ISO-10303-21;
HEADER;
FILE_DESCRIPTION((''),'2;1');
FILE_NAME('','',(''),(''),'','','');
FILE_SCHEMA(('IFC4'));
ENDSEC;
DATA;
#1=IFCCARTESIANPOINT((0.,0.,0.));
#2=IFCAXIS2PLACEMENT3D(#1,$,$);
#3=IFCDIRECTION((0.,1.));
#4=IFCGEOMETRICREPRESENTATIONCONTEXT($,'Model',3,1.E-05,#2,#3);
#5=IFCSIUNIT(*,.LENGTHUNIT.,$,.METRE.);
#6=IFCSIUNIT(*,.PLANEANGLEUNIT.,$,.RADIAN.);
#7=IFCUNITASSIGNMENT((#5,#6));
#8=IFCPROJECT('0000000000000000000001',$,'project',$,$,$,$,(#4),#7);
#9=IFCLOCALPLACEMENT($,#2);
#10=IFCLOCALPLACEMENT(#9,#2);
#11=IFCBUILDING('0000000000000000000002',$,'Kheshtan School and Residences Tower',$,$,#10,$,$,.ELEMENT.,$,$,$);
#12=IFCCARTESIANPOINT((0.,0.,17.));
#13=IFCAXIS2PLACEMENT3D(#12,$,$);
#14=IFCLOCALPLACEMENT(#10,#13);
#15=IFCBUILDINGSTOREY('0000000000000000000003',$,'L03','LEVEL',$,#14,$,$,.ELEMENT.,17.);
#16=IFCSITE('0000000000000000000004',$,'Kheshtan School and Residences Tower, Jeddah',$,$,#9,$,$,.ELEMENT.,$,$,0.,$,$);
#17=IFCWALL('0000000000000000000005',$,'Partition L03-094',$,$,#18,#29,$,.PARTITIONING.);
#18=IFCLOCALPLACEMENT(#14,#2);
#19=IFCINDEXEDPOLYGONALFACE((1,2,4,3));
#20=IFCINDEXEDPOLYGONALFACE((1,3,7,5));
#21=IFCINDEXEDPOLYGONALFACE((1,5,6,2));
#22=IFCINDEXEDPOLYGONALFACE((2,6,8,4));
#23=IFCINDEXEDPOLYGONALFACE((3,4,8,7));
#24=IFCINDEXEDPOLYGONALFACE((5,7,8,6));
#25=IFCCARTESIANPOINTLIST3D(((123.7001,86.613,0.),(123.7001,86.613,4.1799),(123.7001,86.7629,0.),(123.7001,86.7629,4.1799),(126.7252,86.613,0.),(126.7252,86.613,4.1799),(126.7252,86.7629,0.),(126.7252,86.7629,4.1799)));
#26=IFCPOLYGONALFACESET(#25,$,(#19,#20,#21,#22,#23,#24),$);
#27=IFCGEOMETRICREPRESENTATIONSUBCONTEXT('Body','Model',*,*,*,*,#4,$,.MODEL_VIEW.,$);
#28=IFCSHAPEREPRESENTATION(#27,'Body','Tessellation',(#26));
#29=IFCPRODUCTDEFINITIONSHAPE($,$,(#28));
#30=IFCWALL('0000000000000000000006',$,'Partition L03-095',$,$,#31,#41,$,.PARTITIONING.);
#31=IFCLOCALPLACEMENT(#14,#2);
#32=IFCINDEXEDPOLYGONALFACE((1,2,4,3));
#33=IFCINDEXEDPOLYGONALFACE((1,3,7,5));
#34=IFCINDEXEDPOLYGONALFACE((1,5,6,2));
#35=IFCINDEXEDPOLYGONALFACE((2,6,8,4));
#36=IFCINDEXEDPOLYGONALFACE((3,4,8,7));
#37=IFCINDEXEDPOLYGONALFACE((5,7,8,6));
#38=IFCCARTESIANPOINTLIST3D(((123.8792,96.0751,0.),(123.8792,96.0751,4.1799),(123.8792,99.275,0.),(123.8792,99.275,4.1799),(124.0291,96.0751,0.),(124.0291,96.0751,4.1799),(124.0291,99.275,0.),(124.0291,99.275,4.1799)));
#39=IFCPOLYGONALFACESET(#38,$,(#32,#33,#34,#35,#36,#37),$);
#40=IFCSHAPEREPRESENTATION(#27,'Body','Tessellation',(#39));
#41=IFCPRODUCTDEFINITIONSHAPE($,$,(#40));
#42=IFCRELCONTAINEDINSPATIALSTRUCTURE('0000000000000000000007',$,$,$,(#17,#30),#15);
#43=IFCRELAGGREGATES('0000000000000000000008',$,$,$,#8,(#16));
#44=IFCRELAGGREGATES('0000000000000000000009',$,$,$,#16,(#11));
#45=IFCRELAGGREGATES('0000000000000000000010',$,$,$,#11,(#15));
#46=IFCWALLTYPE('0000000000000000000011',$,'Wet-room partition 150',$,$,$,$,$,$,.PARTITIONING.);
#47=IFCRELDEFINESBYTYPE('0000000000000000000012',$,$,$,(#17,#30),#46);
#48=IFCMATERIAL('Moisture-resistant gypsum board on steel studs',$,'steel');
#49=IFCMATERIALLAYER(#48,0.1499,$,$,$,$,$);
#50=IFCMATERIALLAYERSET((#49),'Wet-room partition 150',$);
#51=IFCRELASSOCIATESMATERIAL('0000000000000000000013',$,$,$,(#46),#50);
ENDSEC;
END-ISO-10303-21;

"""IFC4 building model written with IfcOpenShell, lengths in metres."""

from ifc_helpers import new_model, si_unit, direction, frame, frame_2d, origin, place, context, subcontext, project, spatial, rectangle, extrude, material, layer, layer_set, type_object, element, save


model = new_model("IFC4")

# Units and contexts
model_context = context("Model", 3, precision=1e-05, world=origin(), true_north=direction((0.0, 1.0)))
body_context = subcontext(model_context, "Body", "Model", "MODEL_VIEW")
ifc_project = project(units=[si_unit("LENGTHUNIT", "METRE"), si_unit("PLANEANGLEUNIT", "RADIAN")], contexts=[model_context])

# Site, building, storey
site_placement = place(None, origin())
site = spatial("IfcSite", under=ifc_project, at=site_placement, Name="Kheshtan School and Residences Tower, Jeddah", CompositionType="ELEMENT", RefElevation=0.0)
building_placement = place(site_placement, origin())
building = spatial("IfcBuilding", under=site, at=building_placement, Name="Kheshtan School and Residences Tower", CompositionType="ELEMENT")
storey_placement = place(building_placement, frame((0.0, 0.0, 17.0)))
storey = spatial("IfcBuildingStorey", under=building, at=storey_placement, Name="L03", Description="LEVEL", CompositionType="ELEMENT", Elevation=17.0)

# Walls
ifc_material_1 = material(Name="Moisture-resistant gypsum board on steel studs", Category="steel")
ifc_layer_1 = layer(ifc_material_1, 0.1499)
ifc_layer_set_1 = layer_set([ifc_layer_1], Name="Wet-room partition 150")
wall_type_1 = type_object("IfcWallType", Name="Wet-room partition 150", PredefinedType="PARTITIONING", material=ifc_layer_set_1)
wall_1_placement = place(storey_placement, frame((123.7, 86.688, 0.0), z_axis=(0.0, 0.0, 1.0), x_axis=(1.0, 0.0, 0.0)))
element("IfcWall", 1, at=wall_1_placement, inside=storey, type_object=wall_type_1, Name="Partition L03-094", PredefinedType="PARTITIONING", context=body_context, shape_type="SweptSolid", body=[
    extrude(rectangle(XDim=3.0251, YDim=0.1499, at=frame_2d((1.5127, 0.0))), origin(), (0.0, 0.0, 1.0), 4.1799),
])
wall_2_placement = place(storey_placement, frame((123.9541, 96.075, 0.0), z_axis=(0.0, 0.0, 1.0), x_axis=(0.0, 1.0, 0.0)))
element("IfcWall", 2, at=wall_2_placement, inside=storey, type_object=wall_type_1, Name="Partition L03-095", PredefinedType="PARTITIONING", context=body_context, shape_type="SweptSolid", body=[
    extrude(rectangle(XDim=3.2, YDim=0.1499, at=frame_2d((1.6001, 0.0))), origin(), (0.0, 0.0, 1.0), 4.1799),
])

save(model, "model.ifc")
